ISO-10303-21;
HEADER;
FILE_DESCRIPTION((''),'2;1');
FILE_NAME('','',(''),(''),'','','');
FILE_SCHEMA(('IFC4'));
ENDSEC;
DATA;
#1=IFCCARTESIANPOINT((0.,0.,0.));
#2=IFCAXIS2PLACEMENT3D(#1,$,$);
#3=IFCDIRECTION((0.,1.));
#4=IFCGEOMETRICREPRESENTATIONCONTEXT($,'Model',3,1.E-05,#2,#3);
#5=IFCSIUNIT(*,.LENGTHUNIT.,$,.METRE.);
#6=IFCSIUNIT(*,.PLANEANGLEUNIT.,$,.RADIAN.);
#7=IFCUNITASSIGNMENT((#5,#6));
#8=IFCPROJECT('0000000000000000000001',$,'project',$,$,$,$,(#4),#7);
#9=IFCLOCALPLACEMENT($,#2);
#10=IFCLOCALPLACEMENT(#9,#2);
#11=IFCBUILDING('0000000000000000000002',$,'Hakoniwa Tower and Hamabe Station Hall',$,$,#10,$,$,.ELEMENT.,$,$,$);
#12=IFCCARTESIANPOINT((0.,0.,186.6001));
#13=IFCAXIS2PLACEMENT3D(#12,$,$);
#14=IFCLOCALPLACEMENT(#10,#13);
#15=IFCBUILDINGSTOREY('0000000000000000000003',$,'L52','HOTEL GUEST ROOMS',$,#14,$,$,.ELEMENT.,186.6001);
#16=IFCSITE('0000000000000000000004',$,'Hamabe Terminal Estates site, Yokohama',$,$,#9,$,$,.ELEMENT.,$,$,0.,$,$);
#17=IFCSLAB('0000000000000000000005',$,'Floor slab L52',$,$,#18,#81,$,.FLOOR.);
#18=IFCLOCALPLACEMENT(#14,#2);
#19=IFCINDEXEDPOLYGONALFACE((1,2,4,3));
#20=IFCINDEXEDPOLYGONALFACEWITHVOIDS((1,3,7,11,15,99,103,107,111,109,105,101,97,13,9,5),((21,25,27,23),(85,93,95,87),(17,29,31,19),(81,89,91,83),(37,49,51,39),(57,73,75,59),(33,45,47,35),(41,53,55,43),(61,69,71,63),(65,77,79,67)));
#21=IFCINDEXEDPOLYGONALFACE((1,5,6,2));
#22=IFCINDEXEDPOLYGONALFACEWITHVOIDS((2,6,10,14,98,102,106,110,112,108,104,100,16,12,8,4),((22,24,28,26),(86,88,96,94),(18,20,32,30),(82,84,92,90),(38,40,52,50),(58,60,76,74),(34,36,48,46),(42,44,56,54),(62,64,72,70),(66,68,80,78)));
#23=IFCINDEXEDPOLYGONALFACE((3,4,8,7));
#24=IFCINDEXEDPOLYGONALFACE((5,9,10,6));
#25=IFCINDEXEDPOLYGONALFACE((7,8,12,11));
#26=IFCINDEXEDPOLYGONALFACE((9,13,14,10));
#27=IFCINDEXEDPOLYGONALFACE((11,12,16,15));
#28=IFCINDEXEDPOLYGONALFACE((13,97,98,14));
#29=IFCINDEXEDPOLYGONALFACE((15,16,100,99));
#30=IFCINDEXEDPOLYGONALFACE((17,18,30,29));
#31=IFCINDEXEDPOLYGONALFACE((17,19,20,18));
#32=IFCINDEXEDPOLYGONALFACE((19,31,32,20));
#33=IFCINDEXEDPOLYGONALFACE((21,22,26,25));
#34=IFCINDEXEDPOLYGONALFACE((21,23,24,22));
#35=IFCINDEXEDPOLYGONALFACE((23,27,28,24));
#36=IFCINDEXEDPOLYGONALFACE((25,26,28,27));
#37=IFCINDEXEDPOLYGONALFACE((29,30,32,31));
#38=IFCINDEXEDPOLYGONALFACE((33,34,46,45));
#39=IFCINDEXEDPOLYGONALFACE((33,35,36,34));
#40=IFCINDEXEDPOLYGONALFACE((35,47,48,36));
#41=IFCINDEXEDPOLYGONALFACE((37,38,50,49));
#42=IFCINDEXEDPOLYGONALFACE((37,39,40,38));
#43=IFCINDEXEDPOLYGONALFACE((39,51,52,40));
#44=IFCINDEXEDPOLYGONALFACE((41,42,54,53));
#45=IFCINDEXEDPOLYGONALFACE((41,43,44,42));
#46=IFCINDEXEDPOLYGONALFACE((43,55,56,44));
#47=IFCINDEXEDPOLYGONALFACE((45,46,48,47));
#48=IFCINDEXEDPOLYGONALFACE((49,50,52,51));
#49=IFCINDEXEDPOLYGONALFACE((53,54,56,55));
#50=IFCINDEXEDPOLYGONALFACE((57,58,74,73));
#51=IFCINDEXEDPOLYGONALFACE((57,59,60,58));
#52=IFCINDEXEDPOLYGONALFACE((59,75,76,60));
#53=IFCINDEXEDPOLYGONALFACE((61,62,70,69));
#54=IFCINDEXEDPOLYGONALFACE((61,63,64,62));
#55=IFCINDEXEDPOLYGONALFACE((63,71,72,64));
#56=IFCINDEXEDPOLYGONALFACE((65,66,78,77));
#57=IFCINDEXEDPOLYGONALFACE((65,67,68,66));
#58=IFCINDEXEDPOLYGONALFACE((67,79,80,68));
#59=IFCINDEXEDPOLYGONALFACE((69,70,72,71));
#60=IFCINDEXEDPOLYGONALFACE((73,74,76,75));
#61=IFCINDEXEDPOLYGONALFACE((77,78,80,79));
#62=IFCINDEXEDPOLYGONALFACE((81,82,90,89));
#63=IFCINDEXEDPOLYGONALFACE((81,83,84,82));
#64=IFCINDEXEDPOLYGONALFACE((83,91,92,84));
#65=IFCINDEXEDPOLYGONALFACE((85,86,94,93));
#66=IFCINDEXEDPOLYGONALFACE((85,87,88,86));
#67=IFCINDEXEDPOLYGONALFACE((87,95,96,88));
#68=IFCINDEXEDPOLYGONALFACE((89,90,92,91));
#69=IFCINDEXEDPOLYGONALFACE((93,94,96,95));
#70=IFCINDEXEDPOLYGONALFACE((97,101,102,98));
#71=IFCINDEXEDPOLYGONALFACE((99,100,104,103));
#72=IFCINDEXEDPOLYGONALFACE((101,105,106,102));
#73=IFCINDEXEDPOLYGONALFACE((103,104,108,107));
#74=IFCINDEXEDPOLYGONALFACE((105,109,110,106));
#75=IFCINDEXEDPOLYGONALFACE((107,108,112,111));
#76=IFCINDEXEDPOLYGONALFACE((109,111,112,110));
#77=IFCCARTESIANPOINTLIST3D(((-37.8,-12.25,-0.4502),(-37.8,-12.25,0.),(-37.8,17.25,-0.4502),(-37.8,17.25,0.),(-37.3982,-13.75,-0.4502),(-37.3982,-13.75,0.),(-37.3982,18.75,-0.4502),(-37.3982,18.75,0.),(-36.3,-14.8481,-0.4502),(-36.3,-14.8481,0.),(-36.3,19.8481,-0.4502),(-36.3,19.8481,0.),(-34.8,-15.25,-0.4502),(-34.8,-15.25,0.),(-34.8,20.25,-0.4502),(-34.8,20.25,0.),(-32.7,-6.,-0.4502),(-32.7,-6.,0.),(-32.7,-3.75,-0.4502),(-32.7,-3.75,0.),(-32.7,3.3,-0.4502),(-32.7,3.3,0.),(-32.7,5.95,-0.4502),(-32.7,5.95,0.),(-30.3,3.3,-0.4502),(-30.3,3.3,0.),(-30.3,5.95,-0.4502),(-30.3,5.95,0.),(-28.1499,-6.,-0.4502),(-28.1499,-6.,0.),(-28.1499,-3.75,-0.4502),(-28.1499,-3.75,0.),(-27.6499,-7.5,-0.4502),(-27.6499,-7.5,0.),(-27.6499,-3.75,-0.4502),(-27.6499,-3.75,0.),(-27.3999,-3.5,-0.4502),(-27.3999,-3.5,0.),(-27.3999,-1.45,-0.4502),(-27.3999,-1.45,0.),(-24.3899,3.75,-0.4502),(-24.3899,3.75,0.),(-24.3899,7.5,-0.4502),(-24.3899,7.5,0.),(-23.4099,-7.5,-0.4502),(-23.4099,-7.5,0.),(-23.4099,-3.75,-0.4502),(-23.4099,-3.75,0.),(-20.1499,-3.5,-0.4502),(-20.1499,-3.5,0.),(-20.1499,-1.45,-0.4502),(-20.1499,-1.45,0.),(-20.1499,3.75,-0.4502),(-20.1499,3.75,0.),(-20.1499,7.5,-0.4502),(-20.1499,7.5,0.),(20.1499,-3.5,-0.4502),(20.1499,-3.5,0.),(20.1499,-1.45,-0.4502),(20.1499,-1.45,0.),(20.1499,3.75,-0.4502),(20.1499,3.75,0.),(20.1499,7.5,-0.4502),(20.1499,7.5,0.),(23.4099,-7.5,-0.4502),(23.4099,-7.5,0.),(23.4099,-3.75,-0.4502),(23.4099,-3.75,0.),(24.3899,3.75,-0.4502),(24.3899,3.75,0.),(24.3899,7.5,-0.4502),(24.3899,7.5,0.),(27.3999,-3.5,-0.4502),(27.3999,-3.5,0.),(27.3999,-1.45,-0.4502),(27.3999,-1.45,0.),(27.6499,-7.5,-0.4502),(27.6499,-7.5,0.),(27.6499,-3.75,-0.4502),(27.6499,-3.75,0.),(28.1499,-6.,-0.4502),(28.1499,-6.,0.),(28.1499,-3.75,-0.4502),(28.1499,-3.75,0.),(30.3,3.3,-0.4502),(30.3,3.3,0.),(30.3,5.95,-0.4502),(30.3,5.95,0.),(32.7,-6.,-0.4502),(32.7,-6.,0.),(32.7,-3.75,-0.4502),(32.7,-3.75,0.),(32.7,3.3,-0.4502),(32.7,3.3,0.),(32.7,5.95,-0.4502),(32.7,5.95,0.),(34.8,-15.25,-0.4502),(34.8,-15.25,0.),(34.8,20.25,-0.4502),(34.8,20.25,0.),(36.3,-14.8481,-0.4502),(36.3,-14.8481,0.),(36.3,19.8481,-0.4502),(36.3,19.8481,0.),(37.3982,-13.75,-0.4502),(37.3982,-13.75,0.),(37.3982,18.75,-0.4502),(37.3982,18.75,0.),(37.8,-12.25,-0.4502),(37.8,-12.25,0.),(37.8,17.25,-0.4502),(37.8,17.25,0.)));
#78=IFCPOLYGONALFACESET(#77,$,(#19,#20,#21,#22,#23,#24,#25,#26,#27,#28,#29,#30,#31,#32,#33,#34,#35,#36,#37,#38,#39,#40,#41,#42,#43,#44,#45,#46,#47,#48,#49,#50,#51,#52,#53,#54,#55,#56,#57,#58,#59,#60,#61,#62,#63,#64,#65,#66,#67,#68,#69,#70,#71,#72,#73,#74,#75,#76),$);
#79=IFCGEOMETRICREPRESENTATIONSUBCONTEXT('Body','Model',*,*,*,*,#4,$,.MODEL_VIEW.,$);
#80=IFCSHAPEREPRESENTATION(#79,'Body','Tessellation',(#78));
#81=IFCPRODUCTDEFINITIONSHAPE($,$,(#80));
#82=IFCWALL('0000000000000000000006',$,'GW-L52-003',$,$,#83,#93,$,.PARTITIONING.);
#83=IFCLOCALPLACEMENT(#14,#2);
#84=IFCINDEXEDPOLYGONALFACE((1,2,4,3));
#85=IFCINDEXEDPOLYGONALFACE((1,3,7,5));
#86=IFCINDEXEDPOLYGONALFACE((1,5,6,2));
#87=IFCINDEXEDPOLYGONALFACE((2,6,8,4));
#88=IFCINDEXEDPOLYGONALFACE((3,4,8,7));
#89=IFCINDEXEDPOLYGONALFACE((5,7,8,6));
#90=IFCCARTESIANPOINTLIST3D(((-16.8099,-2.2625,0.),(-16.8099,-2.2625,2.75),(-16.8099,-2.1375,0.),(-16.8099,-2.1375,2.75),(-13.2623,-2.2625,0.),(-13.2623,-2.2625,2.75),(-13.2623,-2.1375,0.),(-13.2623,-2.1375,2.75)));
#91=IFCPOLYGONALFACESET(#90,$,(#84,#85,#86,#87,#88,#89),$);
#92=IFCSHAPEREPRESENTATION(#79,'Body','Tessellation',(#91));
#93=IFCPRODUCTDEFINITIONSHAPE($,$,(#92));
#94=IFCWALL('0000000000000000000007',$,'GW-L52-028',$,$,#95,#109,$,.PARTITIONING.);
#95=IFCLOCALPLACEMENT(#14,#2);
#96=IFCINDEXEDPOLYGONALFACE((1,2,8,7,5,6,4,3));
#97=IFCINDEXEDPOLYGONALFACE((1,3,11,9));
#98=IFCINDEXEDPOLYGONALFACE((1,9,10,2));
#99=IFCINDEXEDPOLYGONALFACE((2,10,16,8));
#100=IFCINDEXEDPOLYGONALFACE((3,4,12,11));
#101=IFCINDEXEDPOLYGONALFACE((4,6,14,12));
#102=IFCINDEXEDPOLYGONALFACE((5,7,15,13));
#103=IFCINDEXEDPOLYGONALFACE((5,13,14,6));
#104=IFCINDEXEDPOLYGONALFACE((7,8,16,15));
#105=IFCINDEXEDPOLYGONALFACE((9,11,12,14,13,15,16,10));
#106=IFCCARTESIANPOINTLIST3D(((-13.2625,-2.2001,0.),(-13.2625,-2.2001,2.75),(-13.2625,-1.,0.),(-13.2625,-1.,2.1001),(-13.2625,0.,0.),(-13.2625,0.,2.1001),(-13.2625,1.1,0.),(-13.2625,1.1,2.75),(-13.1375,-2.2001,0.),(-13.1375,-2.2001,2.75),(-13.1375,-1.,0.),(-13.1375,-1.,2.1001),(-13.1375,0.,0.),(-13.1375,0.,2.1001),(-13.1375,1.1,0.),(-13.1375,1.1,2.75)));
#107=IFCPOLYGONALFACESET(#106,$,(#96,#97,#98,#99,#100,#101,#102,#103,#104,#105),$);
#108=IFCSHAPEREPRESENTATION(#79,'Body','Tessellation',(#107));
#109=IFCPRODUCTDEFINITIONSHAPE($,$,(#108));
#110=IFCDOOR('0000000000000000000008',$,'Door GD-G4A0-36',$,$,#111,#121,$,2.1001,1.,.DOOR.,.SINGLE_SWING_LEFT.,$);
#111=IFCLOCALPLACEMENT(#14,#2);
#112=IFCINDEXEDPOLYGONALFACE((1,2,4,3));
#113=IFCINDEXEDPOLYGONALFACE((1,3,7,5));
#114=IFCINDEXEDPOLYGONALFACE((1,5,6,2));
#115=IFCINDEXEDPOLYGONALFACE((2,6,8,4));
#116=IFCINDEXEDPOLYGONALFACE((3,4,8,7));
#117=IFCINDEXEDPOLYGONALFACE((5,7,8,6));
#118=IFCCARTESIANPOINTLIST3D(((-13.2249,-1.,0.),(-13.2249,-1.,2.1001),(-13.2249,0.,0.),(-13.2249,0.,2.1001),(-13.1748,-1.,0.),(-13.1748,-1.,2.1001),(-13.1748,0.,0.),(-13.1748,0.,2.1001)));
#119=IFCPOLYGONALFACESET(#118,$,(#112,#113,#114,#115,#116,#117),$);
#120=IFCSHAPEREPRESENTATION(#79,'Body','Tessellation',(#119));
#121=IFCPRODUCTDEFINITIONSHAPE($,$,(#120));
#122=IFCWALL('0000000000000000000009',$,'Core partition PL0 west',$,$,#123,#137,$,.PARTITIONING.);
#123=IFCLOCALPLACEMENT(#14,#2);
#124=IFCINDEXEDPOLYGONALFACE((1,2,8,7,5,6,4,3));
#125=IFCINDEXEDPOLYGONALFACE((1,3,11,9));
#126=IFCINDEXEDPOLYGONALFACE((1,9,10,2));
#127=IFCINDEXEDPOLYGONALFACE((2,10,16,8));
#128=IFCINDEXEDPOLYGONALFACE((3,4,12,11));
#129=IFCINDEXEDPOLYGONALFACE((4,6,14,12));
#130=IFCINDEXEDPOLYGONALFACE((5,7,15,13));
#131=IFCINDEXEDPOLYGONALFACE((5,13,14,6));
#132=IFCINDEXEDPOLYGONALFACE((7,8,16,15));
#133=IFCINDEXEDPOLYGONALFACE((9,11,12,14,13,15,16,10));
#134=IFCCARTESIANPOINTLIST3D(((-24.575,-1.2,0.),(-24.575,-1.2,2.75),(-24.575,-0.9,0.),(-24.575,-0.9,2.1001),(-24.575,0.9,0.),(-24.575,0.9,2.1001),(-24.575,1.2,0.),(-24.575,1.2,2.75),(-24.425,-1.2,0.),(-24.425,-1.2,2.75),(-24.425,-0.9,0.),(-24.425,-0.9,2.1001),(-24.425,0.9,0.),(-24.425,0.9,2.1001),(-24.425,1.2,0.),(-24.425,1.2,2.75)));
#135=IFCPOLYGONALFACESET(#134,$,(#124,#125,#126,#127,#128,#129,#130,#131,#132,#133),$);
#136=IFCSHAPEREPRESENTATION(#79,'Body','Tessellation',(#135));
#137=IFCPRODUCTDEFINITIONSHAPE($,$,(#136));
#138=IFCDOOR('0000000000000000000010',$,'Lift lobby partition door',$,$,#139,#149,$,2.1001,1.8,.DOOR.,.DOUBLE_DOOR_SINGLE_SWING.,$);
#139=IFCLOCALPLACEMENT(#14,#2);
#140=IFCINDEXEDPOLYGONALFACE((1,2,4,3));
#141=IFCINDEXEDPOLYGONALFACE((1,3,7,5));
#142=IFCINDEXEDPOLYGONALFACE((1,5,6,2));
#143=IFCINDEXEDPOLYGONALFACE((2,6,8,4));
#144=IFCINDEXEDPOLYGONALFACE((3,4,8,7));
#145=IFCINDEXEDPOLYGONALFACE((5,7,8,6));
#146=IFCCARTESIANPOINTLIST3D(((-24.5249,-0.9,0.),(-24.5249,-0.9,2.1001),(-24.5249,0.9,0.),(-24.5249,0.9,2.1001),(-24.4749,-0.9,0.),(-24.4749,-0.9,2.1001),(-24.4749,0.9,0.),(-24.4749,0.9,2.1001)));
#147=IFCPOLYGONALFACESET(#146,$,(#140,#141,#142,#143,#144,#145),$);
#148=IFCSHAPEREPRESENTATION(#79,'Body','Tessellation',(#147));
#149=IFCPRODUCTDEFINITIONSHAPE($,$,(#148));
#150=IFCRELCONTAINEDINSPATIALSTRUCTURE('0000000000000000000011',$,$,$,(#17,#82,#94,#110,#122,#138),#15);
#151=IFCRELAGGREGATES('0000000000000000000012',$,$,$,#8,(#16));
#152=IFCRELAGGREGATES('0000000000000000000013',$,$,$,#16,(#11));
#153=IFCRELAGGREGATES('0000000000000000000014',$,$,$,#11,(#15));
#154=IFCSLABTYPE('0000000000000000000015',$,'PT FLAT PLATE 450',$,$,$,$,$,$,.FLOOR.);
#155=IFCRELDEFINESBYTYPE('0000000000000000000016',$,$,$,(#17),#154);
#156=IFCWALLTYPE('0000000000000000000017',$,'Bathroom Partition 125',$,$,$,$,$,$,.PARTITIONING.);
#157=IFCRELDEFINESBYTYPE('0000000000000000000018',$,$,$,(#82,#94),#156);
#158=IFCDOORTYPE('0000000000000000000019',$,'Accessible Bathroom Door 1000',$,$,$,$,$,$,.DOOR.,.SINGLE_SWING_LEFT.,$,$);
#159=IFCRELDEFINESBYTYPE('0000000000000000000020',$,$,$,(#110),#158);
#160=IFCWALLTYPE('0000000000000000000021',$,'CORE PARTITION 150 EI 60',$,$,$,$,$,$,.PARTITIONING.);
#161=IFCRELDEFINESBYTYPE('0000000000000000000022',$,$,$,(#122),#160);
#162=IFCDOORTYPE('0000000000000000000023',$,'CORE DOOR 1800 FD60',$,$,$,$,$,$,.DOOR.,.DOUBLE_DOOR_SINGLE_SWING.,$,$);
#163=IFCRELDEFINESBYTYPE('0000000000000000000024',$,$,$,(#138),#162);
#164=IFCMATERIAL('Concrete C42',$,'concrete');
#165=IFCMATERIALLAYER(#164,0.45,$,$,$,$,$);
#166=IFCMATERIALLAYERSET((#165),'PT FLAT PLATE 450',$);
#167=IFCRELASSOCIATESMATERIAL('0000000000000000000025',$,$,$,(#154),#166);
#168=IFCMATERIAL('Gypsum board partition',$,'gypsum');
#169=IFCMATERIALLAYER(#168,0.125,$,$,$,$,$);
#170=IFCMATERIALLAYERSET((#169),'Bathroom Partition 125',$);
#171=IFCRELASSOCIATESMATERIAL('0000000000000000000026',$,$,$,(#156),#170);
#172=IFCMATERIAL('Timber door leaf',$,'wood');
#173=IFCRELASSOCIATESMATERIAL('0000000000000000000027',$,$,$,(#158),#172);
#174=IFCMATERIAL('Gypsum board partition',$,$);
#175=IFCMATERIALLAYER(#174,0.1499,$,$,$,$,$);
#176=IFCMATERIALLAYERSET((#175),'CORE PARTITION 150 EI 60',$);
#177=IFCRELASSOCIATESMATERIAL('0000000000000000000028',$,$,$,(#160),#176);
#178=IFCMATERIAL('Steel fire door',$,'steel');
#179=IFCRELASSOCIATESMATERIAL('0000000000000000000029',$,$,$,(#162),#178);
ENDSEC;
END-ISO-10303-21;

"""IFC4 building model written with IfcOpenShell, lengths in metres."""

from ifc_helpers import new_model, si_unit, direction, frame, frame_2d, origin, place, context, subcontext, project, spatial, polyline, rectangle, outline, extrude, material, layer, layer_set, type_object, element, fill, save


model = new_model("IFC4")

# Units and contexts
model_context = context("Model", 3, precision=1e-05, world=origin(), true_north=direction((0.0, 1.0)))
body_context = subcontext(model_context, "Body", "Model", "MODEL_VIEW")
ifc_project = project(units=[si_unit("LENGTHUNIT", "METRE"), si_unit("PLANEANGLEUNIT", "RADIAN")], contexts=[model_context])

# Site, building, storey
site_placement = place(None, origin())
site = spatial("IfcSite", under=ifc_project, at=site_placement, Name="Hamabe Terminal Estates site, Yokohama", CompositionType="ELEMENT", RefElevation=0.0)
building_placement = place(site_placement, origin())
building = spatial("IfcBuilding", under=site, at=building_placement, Name="Hakoniwa Tower and Hamabe Station Hall", CompositionType="ELEMENT")
storey_placement = place(building_placement, frame((0.0, 0.0, 186.6001)))
storey = spatial("IfcBuildingStorey", under=building, at=storey_placement, Name="L52", Description="HOTEL GUEST ROOMS", CompositionType="ELEMENT", Elevation=186.6001)

# Slab
ifc_material_1 = material(Name="Concrete C42", Category="concrete")
ifc_layer_1 = layer(ifc_material_1, 0.45)
ifc_layer_set_1 = layer_set([ifc_layer_1], Name="PT FLAT PLATE 450")
slab_type = type_object("IfcSlabType", Name="PT FLAT PLATE 450", PredefinedType="FLOOR", material=ifc_layer_set_1)
slab_placement = place(storey_placement, frame((0.0, 0.0, -0.4502)))
element("IfcSlab", 1, at=slab_placement, inside=storey, type_object=slab_type, Name="Floor slab L52", PredefinedType="FLOOR", context=body_context, shape_type="SweptSolid", body=[
    extrude(outline(polyline([(37.8, -12.25), (37.8, 17.25), (37.3982, 18.75), (36.3, 19.8481), (34.8, 20.25), (-34.8, 20.25), (-36.3, 19.8481), (-37.3982, 18.75), (-37.8, 17.25), (-37.8, -12.25), (-37.3982, -13.75), (-36.3, -14.8481), (-34.8, -15.25), (34.8, -15.25), (36.3, -14.8481), (37.3982, -13.75), (37.8, -12.25)]), holes=[polyline([(-27.3999, -3.5), (-27.3999, -1.45), (-20.1499, -1.45), (-20.1499, -3.5), (-27.3999, -3.5)]), polyline([(-32.7, 3.3), (-32.7, 5.95), (-30.3, 5.95), (-30.3, 3.3), (-32.7, 3.3)]), polyline([(-32.7, -6.0), (-32.7, -3.75), (-28.1499, -3.75), (-28.1499, -6.0), (-32.7, -6.0)]), polyline([(-24.3899, 3.75), (-24.3899, 7.5), (-20.1499, 7.5), (-20.1499, 3.75), (-24.3899, 3.75)]), polyline([(-27.6499, -7.5), (-27.6499, -3.75), (-23.4099, -3.75), (-23.4099, -7.5), (-27.6499, -7.5)]), polyline([(20.1499, -3.5), (20.1499, -1.45), (27.3999, -1.45), (27.3999, -3.5), (20.1499, -3.5)]), polyline([(30.3, 3.3), (30.3, 5.95), (32.7, 5.95), (32.7, 3.3), (30.3, 3.3)]), polyline([(28.1499, -6.0), (28.1499, -3.75), (32.7, -3.75), (32.7, -6.0), (28.1499, -6.0)]), polyline([(20.1499, 3.75), (20.1499, 7.5), (24.3899, 7.5), (24.3899, 3.75), (20.1499, 3.75)]), polyline([(23.4099, -7.5), (23.4099, -3.75), (27.6499, -3.75), (27.6499, -7.5), (23.4099, -7.5)])]), origin(), (0.0, 0.0, 1.0), 0.4502),
])

# Wall
ifc_material_2 = material(Name="Gypsum board partition", Category="gypsum")
ifc_layer_2 = layer(ifc_material_2, 0.125)
ifc_layer_set_2 = layer_set([ifc_layer_2], Name="Bathroom Partition 125")
wall_type_1 = type_object("IfcWallType", Name="Bathroom Partition 125", PredefinedType="PARTITIONING", material=ifc_layer_set_2)
wall_1_placement = place(storey_placement, frame((-16.8101, -2.2, 0.0), z_axis=(0.0, 0.0, 1.0), x_axis=(1.0, 0.0, 0.0)))
element("IfcWall", 2, at=wall_1_placement, inside=storey, type_object=wall_type_1, Name="GW-L52-003", PredefinedType="PARTITIONING", context=body_context, shape_type="SweptSolid", body=[
    extrude(rectangle(XDim=3.5476, YDim=0.125, at=frame_2d((1.7739, 0.0))), origin(), (0.0, 0.0, 1.0), 2.75),
])

# Walls, openings, doors
wall_2_placement = place(storey_placement, frame((-13.2, -2.2, 0.0), z_axis=(0.0, 0.0, 1.0), x_axis=(0.0, 1.0, 0.0)))
wall_2 = element("IfcWall", 3, at=wall_2_placement, inside=storey, type_object=wall_type_1, Name="GW-L52-028", PredefinedType="PARTITIONING", context=body_context, shape_type="SweptSolid", body=[
    extrude(rectangle(XDim=3.3, YDim=0.125, at=frame_2d((1.6499, 0.0))), origin(), (0.0, 0.0, 1.0), 2.75),
])
opening_1_placement = place(wall_2_placement, frame((1.2, 0.0, 0.0)))
opening_1 = element("IfcOpeningElement", 4, at=opening_1_placement, cuts=wall_2, PredefinedType="OPENING", context=body_context, shape_type="SweptSolid", body=[
    extrude(rectangle(XDim=1.0, YDim=2.1001, at=frame_2d((0.5, 1.05))), frame((0.0, 0.0725, 0.0), z_axis=(0.0, -1.0, 0.0), x_axis=(1.0, 0.0, 0.0)), (0.0, 0.0, 1.0), 0.145),
])
ifc_material_3 = material(Name="Timber door leaf", Category="wood")
door_type_1 = type_object("IfcDoorType", Name="Accessible Bathroom Door 1000", OperationType="SINGLE_SWING_LEFT", PredefinedType="DOOR", material=ifc_material_3)
door_1_placement = place(opening_1_placement, origin())
door_1 = element("IfcDoor", 5, at=door_1_placement, inside=storey, type_object=door_type_1, Name="Door GD-G4A0-36", OperationType="SINGLE_SWING_LEFT", OverallHeight=2.1001, OverallWidth=1.0, PredefinedType="DOOR", context=body_context, shape_type="SweptSolid", body=[
    extrude(rectangle(XDim=1.0, YDim=2.1001, at=frame_2d((0.5, 1.05))), frame((0.0, 0.0249, 0.0), z_axis=(0.0, -1.0, 0.0), x_axis=(1.0, 0.0, 0.0)), (0.0, 0.0, 1.0), 0.05),
])
fill(opening_1, door_1)
ifc_material_4 = material(Name="Gypsum board partition")
ifc_layer_3 = layer(ifc_material_4, 0.1499)
ifc_layer_set_3 = layer_set([ifc_layer_3], Name="CORE PARTITION 150 EI 60")
wall_type_2 = type_object("IfcWallType", Name="CORE PARTITION 150 EI 60", PredefinedType="PARTITIONING", material=ifc_layer_set_3)
wall_3_placement = place(storey_placement, frame((-24.5, -1.2, 0.0), z_axis=(0.0, 0.0, 1.0), x_axis=(0.0, 1.0, 0.0)))
wall_3 = element("IfcWall", 6, at=wall_3_placement, inside=storey, type_object=wall_type_2, Name="Core partition PL0 west", PredefinedType="PARTITIONING", context=body_context, shape_type="SweptSolid", body=[
    extrude(rectangle(XDim=2.3999, YDim=0.1499, at=frame_2d((1.2, 0.0))), origin(), (0.0, 0.0, 1.0), 2.75),
])
opening_2_placement = place(wall_3_placement, frame((0.3, 0.0, 0.0)))
opening_2 = element("IfcOpeningElement", 7, at=opening_2_placement, cuts=wall_3, PredefinedType="OPENING", context=body_context, shape_type="SweptSolid", body=[
    extrude(rectangle(XDim=1.8, YDim=2.1001, at=frame_2d((0.8999, 1.05))), frame((0.0, 0.085, 0.0), z_axis=(0.0, -1.0, 0.0), x_axis=(1.0, 0.0, 0.0)), (0.0, 0.0, 1.0), 0.1699),
])
ifc_material_5 = material(Name="Steel fire door", Category="steel")
door_type_2 = type_object("IfcDoorType", Name="CORE DOOR 1800 FD60", OperationType="DOUBLE_DOOR_SINGLE_SWING", PredefinedType="DOOR", material=ifc_material_5)
door_2_placement = place(opening_2_placement, origin())
door_2 = element("IfcDoor", 8, at=door_2_placement, inside=storey, type_object=door_type_2, Name="Lift lobby partition door", OperationType="DOUBLE_DOOR_SINGLE_SWING", OverallHeight=2.1001, OverallWidth=1.8, PredefinedType="DOOR", context=body_context, shape_type="SweptSolid", body=[
    extrude(rectangle(XDim=1.8, YDim=2.1001, at=frame_2d((0.8999, 1.05))), frame((0.0, 0.0249, 0.0), z_axis=(0.0, -1.0, 0.0), x_axis=(1.0, 0.0, 0.0)), (0.0, 0.0, 1.0), 0.05),
])
fill(opening_2, door_2)

save(model, "model.ifc")
